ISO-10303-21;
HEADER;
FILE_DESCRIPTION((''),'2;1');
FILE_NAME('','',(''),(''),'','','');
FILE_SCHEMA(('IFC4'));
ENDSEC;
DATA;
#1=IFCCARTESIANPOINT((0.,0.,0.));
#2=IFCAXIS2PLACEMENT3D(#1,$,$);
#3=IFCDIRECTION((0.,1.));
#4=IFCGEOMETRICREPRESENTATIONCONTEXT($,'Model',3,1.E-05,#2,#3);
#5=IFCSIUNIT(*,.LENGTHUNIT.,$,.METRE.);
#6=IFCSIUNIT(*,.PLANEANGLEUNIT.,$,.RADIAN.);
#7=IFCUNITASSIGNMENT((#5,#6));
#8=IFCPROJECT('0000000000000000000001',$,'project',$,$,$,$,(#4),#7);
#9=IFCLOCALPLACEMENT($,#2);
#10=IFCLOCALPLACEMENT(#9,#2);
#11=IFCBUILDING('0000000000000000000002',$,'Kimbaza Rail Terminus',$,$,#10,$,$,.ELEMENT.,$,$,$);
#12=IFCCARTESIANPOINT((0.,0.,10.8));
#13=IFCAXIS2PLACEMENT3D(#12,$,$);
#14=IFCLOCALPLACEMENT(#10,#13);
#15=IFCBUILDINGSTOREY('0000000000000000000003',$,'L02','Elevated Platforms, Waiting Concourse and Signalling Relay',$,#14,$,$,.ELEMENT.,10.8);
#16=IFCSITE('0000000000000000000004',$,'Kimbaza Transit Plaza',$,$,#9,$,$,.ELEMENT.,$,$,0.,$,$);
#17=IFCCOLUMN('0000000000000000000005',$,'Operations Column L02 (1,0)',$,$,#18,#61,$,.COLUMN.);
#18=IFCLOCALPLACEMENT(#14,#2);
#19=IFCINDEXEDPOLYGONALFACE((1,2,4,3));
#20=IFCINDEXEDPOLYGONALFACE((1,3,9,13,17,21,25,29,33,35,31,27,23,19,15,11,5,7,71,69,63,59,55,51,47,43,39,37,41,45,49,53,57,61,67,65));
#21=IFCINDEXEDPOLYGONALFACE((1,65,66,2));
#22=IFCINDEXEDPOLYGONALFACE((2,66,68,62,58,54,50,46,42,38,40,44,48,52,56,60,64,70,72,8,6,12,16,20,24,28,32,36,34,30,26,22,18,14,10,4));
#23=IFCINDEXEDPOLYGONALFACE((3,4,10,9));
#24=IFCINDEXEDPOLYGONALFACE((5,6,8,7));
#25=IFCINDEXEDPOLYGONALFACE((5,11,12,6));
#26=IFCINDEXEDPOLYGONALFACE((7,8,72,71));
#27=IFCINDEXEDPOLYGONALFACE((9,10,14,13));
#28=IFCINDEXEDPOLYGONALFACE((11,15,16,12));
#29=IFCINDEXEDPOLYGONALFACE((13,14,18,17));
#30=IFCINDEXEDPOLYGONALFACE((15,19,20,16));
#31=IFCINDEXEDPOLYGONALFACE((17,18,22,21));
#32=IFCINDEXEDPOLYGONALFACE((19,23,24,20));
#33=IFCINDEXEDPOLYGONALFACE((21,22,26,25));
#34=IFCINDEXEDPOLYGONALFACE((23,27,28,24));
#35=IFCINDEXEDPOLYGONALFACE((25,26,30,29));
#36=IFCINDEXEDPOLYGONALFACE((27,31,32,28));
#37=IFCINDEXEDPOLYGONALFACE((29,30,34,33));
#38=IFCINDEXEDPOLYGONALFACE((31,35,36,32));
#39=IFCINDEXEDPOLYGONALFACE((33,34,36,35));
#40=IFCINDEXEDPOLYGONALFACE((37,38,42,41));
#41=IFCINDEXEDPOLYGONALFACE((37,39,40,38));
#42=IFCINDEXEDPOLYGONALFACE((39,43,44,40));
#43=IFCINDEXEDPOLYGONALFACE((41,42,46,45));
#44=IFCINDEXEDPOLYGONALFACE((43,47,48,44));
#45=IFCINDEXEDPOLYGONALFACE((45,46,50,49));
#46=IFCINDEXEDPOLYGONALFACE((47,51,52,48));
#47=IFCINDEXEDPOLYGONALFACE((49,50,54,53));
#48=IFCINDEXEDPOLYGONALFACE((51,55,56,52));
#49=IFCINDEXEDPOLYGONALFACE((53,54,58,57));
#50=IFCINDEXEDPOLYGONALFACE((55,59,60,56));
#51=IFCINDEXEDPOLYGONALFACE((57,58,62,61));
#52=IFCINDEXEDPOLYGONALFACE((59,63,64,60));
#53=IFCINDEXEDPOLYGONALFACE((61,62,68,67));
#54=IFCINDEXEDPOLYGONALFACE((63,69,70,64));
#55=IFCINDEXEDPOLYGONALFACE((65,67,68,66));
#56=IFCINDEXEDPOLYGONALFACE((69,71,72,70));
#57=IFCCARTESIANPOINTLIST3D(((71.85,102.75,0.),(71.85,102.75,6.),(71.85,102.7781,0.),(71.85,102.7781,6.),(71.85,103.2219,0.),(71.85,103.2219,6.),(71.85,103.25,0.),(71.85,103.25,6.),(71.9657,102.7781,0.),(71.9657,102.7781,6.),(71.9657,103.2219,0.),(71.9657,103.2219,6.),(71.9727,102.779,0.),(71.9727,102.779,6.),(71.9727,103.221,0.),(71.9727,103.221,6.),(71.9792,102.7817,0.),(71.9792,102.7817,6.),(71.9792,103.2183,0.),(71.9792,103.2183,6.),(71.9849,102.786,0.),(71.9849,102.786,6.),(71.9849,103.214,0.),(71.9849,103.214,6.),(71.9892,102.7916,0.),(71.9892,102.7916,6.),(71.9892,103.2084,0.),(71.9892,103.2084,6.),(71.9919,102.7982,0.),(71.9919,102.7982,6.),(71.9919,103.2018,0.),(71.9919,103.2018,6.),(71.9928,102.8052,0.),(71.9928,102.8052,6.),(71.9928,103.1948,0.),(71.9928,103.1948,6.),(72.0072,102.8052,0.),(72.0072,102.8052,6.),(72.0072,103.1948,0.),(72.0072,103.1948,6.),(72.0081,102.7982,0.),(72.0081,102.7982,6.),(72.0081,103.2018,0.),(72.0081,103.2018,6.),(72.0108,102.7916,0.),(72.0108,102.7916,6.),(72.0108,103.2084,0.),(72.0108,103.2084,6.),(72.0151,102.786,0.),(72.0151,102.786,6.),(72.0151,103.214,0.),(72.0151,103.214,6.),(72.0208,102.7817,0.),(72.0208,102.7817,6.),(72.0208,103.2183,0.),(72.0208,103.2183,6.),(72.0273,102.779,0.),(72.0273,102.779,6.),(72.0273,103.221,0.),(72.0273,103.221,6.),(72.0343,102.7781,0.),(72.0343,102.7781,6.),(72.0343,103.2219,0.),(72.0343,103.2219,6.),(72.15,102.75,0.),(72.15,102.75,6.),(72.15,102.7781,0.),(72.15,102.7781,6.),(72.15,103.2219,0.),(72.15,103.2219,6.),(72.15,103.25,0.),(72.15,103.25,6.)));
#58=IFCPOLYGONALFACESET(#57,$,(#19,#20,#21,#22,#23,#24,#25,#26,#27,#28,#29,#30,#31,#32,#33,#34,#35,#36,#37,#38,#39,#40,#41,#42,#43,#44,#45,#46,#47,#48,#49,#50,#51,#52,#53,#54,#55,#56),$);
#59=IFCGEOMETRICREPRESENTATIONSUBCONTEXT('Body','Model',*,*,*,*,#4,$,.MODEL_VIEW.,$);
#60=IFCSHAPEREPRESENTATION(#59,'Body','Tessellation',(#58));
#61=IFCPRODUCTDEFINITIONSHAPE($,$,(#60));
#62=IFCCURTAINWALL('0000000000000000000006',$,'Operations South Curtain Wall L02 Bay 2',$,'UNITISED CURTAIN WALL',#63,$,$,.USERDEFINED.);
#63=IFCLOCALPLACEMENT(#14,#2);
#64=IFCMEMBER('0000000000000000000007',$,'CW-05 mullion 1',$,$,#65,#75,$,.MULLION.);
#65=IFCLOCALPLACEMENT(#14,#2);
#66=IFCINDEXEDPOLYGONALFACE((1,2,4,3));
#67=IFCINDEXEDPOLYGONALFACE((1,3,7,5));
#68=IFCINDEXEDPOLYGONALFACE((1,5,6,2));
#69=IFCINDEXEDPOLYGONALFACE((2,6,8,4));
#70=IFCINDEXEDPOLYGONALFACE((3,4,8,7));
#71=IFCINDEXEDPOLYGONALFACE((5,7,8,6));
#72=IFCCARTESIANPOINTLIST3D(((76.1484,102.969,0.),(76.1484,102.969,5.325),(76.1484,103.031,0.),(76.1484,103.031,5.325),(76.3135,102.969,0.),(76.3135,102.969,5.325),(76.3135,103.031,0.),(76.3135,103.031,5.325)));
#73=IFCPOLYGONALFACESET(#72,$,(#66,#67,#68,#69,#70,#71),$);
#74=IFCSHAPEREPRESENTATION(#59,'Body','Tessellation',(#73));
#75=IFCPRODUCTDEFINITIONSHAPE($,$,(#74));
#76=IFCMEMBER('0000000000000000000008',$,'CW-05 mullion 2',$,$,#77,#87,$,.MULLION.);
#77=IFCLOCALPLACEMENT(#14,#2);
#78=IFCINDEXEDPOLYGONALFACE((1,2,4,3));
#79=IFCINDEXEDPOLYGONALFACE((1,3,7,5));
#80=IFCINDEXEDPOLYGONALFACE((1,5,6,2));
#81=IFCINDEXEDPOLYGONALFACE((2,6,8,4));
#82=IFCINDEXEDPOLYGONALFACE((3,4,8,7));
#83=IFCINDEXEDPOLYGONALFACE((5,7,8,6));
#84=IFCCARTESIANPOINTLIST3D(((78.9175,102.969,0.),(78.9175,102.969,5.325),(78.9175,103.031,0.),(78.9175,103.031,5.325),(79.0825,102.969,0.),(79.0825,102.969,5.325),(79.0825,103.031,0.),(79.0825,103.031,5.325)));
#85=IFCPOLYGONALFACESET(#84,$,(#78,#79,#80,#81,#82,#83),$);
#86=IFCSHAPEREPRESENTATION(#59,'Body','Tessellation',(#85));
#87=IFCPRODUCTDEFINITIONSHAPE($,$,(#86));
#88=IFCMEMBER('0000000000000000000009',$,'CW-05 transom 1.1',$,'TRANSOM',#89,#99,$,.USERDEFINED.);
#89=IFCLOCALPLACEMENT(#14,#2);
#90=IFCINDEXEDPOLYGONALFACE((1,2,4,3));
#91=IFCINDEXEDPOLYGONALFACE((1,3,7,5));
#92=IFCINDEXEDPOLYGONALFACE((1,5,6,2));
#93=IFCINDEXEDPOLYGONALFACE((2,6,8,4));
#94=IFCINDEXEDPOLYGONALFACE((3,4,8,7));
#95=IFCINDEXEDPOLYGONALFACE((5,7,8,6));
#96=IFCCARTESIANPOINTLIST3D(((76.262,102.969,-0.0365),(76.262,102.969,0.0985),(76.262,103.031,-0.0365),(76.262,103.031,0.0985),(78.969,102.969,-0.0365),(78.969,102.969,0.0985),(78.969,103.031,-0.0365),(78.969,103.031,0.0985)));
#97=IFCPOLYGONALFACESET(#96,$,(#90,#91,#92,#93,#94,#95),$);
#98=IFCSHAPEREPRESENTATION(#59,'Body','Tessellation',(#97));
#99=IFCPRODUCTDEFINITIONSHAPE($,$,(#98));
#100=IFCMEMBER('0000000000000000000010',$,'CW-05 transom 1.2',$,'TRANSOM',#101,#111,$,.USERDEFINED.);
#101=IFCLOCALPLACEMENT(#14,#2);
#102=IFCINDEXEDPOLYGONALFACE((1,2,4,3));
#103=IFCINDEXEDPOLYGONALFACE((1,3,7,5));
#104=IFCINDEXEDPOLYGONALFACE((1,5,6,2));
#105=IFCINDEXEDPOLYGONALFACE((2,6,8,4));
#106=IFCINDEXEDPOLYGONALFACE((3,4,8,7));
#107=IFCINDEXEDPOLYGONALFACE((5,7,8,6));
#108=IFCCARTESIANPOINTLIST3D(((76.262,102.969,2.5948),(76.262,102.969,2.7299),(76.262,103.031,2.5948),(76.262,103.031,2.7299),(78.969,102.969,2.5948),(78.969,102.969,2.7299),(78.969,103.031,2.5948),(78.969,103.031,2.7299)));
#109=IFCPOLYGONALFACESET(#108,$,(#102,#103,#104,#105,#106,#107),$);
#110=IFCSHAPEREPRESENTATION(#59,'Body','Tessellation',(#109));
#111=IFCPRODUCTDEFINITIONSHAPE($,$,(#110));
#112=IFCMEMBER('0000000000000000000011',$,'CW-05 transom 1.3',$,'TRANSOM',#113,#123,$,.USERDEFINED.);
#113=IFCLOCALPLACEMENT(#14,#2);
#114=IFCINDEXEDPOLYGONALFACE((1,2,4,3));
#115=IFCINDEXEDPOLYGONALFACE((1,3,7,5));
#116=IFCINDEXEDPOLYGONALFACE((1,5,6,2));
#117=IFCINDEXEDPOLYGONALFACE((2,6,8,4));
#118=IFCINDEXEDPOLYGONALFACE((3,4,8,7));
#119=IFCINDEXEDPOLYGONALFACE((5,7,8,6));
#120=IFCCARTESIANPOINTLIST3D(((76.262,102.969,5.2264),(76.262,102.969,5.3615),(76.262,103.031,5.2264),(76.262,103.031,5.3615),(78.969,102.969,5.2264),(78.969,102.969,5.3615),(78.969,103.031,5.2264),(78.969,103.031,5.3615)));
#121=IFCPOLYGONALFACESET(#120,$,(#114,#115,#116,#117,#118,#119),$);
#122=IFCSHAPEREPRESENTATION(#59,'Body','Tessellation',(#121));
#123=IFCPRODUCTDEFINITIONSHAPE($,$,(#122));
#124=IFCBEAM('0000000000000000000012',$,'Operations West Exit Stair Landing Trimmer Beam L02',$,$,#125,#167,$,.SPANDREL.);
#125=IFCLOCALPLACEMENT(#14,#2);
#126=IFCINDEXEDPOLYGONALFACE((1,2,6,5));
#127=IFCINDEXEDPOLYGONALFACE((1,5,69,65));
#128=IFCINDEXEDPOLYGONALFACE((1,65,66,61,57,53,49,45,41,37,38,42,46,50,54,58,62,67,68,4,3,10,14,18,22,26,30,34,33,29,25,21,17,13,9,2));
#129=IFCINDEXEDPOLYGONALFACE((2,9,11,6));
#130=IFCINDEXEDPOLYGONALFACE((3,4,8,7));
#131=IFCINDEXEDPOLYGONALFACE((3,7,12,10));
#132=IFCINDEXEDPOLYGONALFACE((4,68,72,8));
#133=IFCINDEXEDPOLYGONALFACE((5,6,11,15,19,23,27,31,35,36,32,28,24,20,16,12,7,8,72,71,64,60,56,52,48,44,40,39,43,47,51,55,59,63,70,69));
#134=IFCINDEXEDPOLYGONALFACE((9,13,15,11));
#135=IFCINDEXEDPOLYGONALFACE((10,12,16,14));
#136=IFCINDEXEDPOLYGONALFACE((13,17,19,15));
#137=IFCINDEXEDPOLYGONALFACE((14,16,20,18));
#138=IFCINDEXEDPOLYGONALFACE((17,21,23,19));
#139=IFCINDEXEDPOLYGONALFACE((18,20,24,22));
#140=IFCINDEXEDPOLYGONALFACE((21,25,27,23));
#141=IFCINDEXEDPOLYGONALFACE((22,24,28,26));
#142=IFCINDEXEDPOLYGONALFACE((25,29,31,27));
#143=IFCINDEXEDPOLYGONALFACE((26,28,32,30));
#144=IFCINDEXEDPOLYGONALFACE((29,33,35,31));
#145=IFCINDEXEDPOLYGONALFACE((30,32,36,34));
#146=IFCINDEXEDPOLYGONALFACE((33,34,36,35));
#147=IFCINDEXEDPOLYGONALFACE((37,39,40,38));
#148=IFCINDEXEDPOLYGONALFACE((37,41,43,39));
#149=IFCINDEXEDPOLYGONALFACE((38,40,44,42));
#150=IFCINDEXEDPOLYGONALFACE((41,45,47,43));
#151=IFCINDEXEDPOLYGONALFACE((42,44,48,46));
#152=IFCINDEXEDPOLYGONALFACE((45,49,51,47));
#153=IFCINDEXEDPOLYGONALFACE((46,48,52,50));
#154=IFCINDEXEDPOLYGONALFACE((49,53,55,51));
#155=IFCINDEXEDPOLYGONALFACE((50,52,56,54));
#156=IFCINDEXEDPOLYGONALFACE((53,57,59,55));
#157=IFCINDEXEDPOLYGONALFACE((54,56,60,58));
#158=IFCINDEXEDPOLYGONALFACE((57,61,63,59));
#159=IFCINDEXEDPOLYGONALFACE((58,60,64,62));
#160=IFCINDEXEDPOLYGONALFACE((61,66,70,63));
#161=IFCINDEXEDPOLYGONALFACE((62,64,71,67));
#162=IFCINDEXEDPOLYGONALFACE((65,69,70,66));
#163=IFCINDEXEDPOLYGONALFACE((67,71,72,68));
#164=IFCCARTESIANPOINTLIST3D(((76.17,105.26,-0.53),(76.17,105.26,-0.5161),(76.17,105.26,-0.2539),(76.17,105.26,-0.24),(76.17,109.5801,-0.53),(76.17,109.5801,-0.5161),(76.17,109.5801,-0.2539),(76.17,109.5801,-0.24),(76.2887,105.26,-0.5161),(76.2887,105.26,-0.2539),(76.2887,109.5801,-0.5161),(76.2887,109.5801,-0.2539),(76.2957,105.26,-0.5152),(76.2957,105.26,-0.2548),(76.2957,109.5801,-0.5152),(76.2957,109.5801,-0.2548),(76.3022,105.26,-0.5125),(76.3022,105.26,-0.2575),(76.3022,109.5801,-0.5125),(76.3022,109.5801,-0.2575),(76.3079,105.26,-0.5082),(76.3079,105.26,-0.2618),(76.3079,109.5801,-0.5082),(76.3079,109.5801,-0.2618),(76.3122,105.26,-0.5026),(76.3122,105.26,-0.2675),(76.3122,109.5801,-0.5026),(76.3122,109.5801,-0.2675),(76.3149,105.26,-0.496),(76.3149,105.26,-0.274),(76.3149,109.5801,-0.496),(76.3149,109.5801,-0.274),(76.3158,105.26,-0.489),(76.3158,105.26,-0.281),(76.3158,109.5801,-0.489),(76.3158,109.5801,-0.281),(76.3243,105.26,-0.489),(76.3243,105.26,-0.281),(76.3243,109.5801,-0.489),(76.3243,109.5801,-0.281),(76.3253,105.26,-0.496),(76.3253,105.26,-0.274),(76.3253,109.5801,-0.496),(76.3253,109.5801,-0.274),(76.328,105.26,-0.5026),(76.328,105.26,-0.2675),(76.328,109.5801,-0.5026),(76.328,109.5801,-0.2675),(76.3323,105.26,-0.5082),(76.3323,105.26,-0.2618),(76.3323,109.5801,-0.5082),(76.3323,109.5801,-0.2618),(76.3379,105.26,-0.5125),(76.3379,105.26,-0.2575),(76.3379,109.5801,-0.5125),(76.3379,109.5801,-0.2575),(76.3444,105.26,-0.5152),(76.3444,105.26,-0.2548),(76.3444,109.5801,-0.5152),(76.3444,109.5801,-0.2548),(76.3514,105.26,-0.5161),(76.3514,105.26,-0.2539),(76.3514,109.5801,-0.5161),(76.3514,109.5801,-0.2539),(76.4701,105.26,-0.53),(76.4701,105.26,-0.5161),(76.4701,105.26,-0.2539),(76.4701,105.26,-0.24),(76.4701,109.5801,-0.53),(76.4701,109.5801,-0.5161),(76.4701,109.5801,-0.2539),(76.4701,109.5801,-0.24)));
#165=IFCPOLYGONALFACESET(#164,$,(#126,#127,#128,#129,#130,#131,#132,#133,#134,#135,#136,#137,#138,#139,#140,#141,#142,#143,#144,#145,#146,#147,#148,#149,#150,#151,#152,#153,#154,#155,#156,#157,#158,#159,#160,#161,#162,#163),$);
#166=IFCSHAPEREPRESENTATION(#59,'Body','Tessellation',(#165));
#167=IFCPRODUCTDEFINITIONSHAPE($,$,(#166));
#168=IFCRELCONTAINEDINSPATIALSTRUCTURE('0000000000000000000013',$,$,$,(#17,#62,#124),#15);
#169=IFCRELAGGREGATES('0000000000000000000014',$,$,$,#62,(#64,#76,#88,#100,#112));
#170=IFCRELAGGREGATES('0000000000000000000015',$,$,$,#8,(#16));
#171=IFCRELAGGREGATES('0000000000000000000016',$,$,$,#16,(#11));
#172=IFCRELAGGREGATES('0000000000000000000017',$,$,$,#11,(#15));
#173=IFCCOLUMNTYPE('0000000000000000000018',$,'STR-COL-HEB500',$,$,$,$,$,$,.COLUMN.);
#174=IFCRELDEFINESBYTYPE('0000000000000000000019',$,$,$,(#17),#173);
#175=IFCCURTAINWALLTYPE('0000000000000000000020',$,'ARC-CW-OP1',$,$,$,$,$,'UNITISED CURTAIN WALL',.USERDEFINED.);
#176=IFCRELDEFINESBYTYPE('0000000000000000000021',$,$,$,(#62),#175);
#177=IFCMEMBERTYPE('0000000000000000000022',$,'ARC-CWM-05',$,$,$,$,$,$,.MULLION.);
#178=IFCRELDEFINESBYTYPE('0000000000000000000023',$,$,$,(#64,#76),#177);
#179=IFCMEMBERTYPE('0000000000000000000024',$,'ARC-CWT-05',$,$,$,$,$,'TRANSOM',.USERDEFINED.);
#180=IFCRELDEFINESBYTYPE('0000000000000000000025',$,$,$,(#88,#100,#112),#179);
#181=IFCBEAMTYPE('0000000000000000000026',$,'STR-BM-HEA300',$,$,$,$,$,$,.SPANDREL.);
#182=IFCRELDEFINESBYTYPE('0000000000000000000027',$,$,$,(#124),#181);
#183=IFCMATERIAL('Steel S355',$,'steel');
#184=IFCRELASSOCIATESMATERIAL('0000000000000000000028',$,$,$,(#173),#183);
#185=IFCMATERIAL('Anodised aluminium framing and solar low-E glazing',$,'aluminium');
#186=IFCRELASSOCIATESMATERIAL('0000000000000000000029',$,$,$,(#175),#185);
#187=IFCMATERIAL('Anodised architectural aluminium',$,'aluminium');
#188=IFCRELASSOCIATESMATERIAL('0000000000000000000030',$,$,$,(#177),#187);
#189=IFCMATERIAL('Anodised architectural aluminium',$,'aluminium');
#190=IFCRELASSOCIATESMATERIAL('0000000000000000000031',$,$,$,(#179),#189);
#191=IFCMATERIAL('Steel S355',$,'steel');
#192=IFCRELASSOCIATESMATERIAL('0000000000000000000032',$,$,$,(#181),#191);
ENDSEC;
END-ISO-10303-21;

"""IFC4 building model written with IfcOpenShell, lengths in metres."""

from ifc_helpers import new_model, si_unit, direction, frame, origin, origin_2d, place, context, subcontext, project, spatial, rectangle, i_section, extrude, material, material_profile, profile_set, type_object, element, aggregate, save


model = new_model("IFC4")

# Units and contexts
model_context = context("Model", 3, precision=1e-05, world=origin(), true_north=direction((0.0, 1.0)))
body_context = subcontext(model_context, "Body", "Model", "MODEL_VIEW")
ifc_project = project(units=[si_unit("LENGTHUNIT", "METRE"), si_unit("PLANEANGLEUNIT", "RADIAN")], contexts=[model_context])

# Site, building, storey
site_placement = place(None, origin())
site = spatial("IfcSite", under=ifc_project, at=site_placement, Name="Kimbaza Transit Plaza", CompositionType="ELEMENT", RefElevation=0.0)
building_placement = place(site_placement, origin())
building = spatial("IfcBuilding", under=site, at=building_placement, Name="Kimbaza Rail Terminus", CompositionType="ELEMENT")
storey_placement = place(building_placement, frame((0.0, 0.0, 10.8)))
storey = spatial("IfcBuildingStorey", under=building, at=storey_placement, Name="L02", Description="Elevated Platforms, Waiting Concourse and Signalling Relay", CompositionType="ELEMENT", Elevation=10.8)

# Column
ifc_material_1 = material(Name="Steel S355", Category="steel")
ifc_material_profile_1 = material_profile(ifc_material_1, i_section(OverallWidth=0.3, OverallDepth=0.5, WebThickness=0.0144, FlangeThickness=0.0281, FilletRadius=0.0271, at=origin_2d()), Name="HEB 500")
ifc_profile_set_1 = profile_set([ifc_material_profile_1], Name="Steel S355")
column_type = type_object("IfcColumnType", Name="STR-COL-HEB500", PredefinedType="COLUMN", material=ifc_profile_set_1)
column_placement = place(storey_placement, frame((72.0, 103.0, 0.0), z_axis=(0.0, 0.0, 1.0), x_axis=(1.0, 0.0, 0.0)))
element("IfcColumn", 1, at=column_placement, inside=storey, type_object=column_type, Name="Operations Column L02 (1,0)", PredefinedType="COLUMN", context=body_context, shape_type="SweptSolid", body=[
    extrude(i_section(OverallWidth=0.3, OverallDepth=0.5, WebThickness=0.0144, FlangeThickness=0.0281, FilletRadius=0.0271, at=origin_2d()), origin(), (0.0, 0.0, 1.0), 6.0),
])

# Curtain wall, members
ifc_material_2 = material(Name="Anodised aluminium framing and solar low-E glazing", Category="aluminium")
curtain_wall_type = type_object("IfcCurtainWallType", Name="ARC-CW-OP1", ElementType="UNITISED CURTAIN WALL", PredefinedType="USERDEFINED", material=ifc_material_2)
curtain_wall_placement = place(storey_placement, origin())
curtain_wall = element("IfcCurtainWall", 2, at=curtain_wall_placement, inside=storey, type_object=curtain_wall_type, Name="Operations South Curtain Wall L02 Bay 2", ObjectType="UNITISED CURTAIN WALL", PredefinedType="USERDEFINED")
ifc_material_3 = material(Name="Anodised architectural aluminium", Category="aluminium")
ifc_material_profile_2 = material_profile(ifc_material_3, rectangle(XDim=0.062, YDim=0.165, at=origin_2d()), Name="MULLION 62x165")
ifc_profile_set_2 = profile_set([ifc_material_profile_2], Name="Anodised architectural aluminium")
member_type_1 = type_object("IfcMemberType", Name="ARC-CWM-05", PredefinedType="MULLION", material=ifc_profile_set_2)
member_1_placement = place(storey_placement, frame((76.231, 103.0, 0.0), z_axis=(0.0, 0.0, 1.0), x_axis=(0.0, 1.0, 0.0)))
member_1 = element("IfcMember", 3, at=member_1_placement, type_object=member_type_1, Name="CW-05 mullion 1", PredefinedType="MULLION", context=body_context, shape_type="SweptSolid", body=[
    extrude(rectangle(XDim=0.062, YDim=0.165, at=origin_2d()), origin(), (0.0, 0.0, 1.0), 5.325),
])
member_2_placement = place(storey_placement, frame((79.0, 103.0, 0.0), z_axis=(0.0, 0.0, 1.0), x_axis=(0.0, 1.0, 0.0)))
member_2 = element("IfcMember", 4, at=member_2_placement, type_object=member_type_1, Name="CW-05 mullion 2", PredefinedType="MULLION", context=body_context, shape_type="SweptSolid", body=[
    extrude(rectangle(XDim=0.062, YDim=0.165, at=origin_2d()), origin(), (0.0, 0.0, 1.0), 5.325),
])
ifc_material_4 = material(Name="Anodised architectural aluminium", Category="aluminium")
ifc_material_profile_3 = material_profile(ifc_material_4, rectangle(XDim=0.062, YDim=0.135, at=origin_2d()), Name="TRANSOM 62x135")
ifc_profile_set_3 = profile_set([ifc_material_profile_3], Name="Anodised architectural aluminium")
member_type_2 = type_object("IfcMemberType", Name="ARC-CWT-05", ElementType="TRANSOM", PredefinedType="USERDEFINED", material=ifc_profile_set_3)
member_3_placement = place(storey_placement, frame((76.262, 103.0, 0.031), z_axis=(1.0, 0.0, 0.0), x_axis=(0.0, 1.0, 0.0)))
member_3 = element("IfcMember", 5, at=member_3_placement, type_object=member_type_2, Name="CW-05 transom 1.1", ObjectType="TRANSOM", PredefinedType="USERDEFINED", context=body_context, shape_type="SweptSolid", body=[
    extrude(rectangle(XDim=0.062, YDim=0.135, at=origin_2d()), origin(), (0.0, 0.0, 1.0), 2.707),
])
member_4_placement = place(storey_placement, frame((76.262, 103.0, 2.6624), z_axis=(1.0, 0.0, 0.0), x_axis=(0.0, 1.0, 0.0)))
member_4 = element("IfcMember", 6, at=member_4_placement, type_object=member_type_2, Name="CW-05 transom 1.2", ObjectType="TRANSOM", PredefinedType="USERDEFINED", context=body_context, shape_type="SweptSolid", body=[
    extrude(rectangle(XDim=0.062, YDim=0.135, at=origin_2d()), origin(), (0.0, 0.0, 1.0), 2.707),
])
member_5_placement = place(storey_placement, frame((76.262, 103.0, 5.2939), z_axis=(1.0, 0.0, 0.0), x_axis=(0.0, 1.0, 0.0)))
member_5 = element("IfcMember", 7, at=member_5_placement, type_object=member_type_2, Name="CW-05 transom 1.3", ObjectType="TRANSOM", PredefinedType="USERDEFINED", context=body_context, shape_type="SweptSolid", body=[
    extrude(rectangle(XDim=0.062, YDim=0.135, at=origin_2d()), origin(), (0.0, 0.0, 1.0), 2.707),
])

# Beam
ifc_material_5 = material(Name="Steel S355", Category="steel")
ifc_material_profile_4 = material_profile(ifc_material_5, i_section(OverallWidth=0.3, OverallDepth=0.29, WebThickness=0.0085, FlangeThickness=0.0139, FilletRadius=0.0271, at=origin_2d()), Name="HEA 300")
ifc_profile_set_4 = profile_set([ifc_material_profile_4], Name="Steel S355")
beam_type_1 = type_object("IfcBeamType", Name="STR-BM-HEA300", PredefinedType="SPANDREL", material=ifc_profile_set_4)
beam_1_placement = place(storey_placement, frame((76.3201, 105.26, -0.385), z_axis=(0.0, 1.0, 0.0), x_axis=(-1.0, 0.0, 0.0)))
element("IfcBeam", 8, at=beam_1_placement, inside=storey, type_object=beam_type_1, Name="Operations West Exit Stair Landing Trimmer Beam L02", PredefinedType="SPANDREL", context=body_context, shape_type="SweptSolid", body=[
    extrude(i_section(OverallWidth=0.3, OverallDepth=0.29, WebThickness=0.0085, FlangeThickness=0.0139, FilletRadius=0.0271, at=origin_2d()), origin(), (0.0, 0.0, 1.0), 4.3201),
])

aggregate(curtain_wall, [member_1, member_2, member_3, member_4, member_5])

save(model, "model.ifc")
